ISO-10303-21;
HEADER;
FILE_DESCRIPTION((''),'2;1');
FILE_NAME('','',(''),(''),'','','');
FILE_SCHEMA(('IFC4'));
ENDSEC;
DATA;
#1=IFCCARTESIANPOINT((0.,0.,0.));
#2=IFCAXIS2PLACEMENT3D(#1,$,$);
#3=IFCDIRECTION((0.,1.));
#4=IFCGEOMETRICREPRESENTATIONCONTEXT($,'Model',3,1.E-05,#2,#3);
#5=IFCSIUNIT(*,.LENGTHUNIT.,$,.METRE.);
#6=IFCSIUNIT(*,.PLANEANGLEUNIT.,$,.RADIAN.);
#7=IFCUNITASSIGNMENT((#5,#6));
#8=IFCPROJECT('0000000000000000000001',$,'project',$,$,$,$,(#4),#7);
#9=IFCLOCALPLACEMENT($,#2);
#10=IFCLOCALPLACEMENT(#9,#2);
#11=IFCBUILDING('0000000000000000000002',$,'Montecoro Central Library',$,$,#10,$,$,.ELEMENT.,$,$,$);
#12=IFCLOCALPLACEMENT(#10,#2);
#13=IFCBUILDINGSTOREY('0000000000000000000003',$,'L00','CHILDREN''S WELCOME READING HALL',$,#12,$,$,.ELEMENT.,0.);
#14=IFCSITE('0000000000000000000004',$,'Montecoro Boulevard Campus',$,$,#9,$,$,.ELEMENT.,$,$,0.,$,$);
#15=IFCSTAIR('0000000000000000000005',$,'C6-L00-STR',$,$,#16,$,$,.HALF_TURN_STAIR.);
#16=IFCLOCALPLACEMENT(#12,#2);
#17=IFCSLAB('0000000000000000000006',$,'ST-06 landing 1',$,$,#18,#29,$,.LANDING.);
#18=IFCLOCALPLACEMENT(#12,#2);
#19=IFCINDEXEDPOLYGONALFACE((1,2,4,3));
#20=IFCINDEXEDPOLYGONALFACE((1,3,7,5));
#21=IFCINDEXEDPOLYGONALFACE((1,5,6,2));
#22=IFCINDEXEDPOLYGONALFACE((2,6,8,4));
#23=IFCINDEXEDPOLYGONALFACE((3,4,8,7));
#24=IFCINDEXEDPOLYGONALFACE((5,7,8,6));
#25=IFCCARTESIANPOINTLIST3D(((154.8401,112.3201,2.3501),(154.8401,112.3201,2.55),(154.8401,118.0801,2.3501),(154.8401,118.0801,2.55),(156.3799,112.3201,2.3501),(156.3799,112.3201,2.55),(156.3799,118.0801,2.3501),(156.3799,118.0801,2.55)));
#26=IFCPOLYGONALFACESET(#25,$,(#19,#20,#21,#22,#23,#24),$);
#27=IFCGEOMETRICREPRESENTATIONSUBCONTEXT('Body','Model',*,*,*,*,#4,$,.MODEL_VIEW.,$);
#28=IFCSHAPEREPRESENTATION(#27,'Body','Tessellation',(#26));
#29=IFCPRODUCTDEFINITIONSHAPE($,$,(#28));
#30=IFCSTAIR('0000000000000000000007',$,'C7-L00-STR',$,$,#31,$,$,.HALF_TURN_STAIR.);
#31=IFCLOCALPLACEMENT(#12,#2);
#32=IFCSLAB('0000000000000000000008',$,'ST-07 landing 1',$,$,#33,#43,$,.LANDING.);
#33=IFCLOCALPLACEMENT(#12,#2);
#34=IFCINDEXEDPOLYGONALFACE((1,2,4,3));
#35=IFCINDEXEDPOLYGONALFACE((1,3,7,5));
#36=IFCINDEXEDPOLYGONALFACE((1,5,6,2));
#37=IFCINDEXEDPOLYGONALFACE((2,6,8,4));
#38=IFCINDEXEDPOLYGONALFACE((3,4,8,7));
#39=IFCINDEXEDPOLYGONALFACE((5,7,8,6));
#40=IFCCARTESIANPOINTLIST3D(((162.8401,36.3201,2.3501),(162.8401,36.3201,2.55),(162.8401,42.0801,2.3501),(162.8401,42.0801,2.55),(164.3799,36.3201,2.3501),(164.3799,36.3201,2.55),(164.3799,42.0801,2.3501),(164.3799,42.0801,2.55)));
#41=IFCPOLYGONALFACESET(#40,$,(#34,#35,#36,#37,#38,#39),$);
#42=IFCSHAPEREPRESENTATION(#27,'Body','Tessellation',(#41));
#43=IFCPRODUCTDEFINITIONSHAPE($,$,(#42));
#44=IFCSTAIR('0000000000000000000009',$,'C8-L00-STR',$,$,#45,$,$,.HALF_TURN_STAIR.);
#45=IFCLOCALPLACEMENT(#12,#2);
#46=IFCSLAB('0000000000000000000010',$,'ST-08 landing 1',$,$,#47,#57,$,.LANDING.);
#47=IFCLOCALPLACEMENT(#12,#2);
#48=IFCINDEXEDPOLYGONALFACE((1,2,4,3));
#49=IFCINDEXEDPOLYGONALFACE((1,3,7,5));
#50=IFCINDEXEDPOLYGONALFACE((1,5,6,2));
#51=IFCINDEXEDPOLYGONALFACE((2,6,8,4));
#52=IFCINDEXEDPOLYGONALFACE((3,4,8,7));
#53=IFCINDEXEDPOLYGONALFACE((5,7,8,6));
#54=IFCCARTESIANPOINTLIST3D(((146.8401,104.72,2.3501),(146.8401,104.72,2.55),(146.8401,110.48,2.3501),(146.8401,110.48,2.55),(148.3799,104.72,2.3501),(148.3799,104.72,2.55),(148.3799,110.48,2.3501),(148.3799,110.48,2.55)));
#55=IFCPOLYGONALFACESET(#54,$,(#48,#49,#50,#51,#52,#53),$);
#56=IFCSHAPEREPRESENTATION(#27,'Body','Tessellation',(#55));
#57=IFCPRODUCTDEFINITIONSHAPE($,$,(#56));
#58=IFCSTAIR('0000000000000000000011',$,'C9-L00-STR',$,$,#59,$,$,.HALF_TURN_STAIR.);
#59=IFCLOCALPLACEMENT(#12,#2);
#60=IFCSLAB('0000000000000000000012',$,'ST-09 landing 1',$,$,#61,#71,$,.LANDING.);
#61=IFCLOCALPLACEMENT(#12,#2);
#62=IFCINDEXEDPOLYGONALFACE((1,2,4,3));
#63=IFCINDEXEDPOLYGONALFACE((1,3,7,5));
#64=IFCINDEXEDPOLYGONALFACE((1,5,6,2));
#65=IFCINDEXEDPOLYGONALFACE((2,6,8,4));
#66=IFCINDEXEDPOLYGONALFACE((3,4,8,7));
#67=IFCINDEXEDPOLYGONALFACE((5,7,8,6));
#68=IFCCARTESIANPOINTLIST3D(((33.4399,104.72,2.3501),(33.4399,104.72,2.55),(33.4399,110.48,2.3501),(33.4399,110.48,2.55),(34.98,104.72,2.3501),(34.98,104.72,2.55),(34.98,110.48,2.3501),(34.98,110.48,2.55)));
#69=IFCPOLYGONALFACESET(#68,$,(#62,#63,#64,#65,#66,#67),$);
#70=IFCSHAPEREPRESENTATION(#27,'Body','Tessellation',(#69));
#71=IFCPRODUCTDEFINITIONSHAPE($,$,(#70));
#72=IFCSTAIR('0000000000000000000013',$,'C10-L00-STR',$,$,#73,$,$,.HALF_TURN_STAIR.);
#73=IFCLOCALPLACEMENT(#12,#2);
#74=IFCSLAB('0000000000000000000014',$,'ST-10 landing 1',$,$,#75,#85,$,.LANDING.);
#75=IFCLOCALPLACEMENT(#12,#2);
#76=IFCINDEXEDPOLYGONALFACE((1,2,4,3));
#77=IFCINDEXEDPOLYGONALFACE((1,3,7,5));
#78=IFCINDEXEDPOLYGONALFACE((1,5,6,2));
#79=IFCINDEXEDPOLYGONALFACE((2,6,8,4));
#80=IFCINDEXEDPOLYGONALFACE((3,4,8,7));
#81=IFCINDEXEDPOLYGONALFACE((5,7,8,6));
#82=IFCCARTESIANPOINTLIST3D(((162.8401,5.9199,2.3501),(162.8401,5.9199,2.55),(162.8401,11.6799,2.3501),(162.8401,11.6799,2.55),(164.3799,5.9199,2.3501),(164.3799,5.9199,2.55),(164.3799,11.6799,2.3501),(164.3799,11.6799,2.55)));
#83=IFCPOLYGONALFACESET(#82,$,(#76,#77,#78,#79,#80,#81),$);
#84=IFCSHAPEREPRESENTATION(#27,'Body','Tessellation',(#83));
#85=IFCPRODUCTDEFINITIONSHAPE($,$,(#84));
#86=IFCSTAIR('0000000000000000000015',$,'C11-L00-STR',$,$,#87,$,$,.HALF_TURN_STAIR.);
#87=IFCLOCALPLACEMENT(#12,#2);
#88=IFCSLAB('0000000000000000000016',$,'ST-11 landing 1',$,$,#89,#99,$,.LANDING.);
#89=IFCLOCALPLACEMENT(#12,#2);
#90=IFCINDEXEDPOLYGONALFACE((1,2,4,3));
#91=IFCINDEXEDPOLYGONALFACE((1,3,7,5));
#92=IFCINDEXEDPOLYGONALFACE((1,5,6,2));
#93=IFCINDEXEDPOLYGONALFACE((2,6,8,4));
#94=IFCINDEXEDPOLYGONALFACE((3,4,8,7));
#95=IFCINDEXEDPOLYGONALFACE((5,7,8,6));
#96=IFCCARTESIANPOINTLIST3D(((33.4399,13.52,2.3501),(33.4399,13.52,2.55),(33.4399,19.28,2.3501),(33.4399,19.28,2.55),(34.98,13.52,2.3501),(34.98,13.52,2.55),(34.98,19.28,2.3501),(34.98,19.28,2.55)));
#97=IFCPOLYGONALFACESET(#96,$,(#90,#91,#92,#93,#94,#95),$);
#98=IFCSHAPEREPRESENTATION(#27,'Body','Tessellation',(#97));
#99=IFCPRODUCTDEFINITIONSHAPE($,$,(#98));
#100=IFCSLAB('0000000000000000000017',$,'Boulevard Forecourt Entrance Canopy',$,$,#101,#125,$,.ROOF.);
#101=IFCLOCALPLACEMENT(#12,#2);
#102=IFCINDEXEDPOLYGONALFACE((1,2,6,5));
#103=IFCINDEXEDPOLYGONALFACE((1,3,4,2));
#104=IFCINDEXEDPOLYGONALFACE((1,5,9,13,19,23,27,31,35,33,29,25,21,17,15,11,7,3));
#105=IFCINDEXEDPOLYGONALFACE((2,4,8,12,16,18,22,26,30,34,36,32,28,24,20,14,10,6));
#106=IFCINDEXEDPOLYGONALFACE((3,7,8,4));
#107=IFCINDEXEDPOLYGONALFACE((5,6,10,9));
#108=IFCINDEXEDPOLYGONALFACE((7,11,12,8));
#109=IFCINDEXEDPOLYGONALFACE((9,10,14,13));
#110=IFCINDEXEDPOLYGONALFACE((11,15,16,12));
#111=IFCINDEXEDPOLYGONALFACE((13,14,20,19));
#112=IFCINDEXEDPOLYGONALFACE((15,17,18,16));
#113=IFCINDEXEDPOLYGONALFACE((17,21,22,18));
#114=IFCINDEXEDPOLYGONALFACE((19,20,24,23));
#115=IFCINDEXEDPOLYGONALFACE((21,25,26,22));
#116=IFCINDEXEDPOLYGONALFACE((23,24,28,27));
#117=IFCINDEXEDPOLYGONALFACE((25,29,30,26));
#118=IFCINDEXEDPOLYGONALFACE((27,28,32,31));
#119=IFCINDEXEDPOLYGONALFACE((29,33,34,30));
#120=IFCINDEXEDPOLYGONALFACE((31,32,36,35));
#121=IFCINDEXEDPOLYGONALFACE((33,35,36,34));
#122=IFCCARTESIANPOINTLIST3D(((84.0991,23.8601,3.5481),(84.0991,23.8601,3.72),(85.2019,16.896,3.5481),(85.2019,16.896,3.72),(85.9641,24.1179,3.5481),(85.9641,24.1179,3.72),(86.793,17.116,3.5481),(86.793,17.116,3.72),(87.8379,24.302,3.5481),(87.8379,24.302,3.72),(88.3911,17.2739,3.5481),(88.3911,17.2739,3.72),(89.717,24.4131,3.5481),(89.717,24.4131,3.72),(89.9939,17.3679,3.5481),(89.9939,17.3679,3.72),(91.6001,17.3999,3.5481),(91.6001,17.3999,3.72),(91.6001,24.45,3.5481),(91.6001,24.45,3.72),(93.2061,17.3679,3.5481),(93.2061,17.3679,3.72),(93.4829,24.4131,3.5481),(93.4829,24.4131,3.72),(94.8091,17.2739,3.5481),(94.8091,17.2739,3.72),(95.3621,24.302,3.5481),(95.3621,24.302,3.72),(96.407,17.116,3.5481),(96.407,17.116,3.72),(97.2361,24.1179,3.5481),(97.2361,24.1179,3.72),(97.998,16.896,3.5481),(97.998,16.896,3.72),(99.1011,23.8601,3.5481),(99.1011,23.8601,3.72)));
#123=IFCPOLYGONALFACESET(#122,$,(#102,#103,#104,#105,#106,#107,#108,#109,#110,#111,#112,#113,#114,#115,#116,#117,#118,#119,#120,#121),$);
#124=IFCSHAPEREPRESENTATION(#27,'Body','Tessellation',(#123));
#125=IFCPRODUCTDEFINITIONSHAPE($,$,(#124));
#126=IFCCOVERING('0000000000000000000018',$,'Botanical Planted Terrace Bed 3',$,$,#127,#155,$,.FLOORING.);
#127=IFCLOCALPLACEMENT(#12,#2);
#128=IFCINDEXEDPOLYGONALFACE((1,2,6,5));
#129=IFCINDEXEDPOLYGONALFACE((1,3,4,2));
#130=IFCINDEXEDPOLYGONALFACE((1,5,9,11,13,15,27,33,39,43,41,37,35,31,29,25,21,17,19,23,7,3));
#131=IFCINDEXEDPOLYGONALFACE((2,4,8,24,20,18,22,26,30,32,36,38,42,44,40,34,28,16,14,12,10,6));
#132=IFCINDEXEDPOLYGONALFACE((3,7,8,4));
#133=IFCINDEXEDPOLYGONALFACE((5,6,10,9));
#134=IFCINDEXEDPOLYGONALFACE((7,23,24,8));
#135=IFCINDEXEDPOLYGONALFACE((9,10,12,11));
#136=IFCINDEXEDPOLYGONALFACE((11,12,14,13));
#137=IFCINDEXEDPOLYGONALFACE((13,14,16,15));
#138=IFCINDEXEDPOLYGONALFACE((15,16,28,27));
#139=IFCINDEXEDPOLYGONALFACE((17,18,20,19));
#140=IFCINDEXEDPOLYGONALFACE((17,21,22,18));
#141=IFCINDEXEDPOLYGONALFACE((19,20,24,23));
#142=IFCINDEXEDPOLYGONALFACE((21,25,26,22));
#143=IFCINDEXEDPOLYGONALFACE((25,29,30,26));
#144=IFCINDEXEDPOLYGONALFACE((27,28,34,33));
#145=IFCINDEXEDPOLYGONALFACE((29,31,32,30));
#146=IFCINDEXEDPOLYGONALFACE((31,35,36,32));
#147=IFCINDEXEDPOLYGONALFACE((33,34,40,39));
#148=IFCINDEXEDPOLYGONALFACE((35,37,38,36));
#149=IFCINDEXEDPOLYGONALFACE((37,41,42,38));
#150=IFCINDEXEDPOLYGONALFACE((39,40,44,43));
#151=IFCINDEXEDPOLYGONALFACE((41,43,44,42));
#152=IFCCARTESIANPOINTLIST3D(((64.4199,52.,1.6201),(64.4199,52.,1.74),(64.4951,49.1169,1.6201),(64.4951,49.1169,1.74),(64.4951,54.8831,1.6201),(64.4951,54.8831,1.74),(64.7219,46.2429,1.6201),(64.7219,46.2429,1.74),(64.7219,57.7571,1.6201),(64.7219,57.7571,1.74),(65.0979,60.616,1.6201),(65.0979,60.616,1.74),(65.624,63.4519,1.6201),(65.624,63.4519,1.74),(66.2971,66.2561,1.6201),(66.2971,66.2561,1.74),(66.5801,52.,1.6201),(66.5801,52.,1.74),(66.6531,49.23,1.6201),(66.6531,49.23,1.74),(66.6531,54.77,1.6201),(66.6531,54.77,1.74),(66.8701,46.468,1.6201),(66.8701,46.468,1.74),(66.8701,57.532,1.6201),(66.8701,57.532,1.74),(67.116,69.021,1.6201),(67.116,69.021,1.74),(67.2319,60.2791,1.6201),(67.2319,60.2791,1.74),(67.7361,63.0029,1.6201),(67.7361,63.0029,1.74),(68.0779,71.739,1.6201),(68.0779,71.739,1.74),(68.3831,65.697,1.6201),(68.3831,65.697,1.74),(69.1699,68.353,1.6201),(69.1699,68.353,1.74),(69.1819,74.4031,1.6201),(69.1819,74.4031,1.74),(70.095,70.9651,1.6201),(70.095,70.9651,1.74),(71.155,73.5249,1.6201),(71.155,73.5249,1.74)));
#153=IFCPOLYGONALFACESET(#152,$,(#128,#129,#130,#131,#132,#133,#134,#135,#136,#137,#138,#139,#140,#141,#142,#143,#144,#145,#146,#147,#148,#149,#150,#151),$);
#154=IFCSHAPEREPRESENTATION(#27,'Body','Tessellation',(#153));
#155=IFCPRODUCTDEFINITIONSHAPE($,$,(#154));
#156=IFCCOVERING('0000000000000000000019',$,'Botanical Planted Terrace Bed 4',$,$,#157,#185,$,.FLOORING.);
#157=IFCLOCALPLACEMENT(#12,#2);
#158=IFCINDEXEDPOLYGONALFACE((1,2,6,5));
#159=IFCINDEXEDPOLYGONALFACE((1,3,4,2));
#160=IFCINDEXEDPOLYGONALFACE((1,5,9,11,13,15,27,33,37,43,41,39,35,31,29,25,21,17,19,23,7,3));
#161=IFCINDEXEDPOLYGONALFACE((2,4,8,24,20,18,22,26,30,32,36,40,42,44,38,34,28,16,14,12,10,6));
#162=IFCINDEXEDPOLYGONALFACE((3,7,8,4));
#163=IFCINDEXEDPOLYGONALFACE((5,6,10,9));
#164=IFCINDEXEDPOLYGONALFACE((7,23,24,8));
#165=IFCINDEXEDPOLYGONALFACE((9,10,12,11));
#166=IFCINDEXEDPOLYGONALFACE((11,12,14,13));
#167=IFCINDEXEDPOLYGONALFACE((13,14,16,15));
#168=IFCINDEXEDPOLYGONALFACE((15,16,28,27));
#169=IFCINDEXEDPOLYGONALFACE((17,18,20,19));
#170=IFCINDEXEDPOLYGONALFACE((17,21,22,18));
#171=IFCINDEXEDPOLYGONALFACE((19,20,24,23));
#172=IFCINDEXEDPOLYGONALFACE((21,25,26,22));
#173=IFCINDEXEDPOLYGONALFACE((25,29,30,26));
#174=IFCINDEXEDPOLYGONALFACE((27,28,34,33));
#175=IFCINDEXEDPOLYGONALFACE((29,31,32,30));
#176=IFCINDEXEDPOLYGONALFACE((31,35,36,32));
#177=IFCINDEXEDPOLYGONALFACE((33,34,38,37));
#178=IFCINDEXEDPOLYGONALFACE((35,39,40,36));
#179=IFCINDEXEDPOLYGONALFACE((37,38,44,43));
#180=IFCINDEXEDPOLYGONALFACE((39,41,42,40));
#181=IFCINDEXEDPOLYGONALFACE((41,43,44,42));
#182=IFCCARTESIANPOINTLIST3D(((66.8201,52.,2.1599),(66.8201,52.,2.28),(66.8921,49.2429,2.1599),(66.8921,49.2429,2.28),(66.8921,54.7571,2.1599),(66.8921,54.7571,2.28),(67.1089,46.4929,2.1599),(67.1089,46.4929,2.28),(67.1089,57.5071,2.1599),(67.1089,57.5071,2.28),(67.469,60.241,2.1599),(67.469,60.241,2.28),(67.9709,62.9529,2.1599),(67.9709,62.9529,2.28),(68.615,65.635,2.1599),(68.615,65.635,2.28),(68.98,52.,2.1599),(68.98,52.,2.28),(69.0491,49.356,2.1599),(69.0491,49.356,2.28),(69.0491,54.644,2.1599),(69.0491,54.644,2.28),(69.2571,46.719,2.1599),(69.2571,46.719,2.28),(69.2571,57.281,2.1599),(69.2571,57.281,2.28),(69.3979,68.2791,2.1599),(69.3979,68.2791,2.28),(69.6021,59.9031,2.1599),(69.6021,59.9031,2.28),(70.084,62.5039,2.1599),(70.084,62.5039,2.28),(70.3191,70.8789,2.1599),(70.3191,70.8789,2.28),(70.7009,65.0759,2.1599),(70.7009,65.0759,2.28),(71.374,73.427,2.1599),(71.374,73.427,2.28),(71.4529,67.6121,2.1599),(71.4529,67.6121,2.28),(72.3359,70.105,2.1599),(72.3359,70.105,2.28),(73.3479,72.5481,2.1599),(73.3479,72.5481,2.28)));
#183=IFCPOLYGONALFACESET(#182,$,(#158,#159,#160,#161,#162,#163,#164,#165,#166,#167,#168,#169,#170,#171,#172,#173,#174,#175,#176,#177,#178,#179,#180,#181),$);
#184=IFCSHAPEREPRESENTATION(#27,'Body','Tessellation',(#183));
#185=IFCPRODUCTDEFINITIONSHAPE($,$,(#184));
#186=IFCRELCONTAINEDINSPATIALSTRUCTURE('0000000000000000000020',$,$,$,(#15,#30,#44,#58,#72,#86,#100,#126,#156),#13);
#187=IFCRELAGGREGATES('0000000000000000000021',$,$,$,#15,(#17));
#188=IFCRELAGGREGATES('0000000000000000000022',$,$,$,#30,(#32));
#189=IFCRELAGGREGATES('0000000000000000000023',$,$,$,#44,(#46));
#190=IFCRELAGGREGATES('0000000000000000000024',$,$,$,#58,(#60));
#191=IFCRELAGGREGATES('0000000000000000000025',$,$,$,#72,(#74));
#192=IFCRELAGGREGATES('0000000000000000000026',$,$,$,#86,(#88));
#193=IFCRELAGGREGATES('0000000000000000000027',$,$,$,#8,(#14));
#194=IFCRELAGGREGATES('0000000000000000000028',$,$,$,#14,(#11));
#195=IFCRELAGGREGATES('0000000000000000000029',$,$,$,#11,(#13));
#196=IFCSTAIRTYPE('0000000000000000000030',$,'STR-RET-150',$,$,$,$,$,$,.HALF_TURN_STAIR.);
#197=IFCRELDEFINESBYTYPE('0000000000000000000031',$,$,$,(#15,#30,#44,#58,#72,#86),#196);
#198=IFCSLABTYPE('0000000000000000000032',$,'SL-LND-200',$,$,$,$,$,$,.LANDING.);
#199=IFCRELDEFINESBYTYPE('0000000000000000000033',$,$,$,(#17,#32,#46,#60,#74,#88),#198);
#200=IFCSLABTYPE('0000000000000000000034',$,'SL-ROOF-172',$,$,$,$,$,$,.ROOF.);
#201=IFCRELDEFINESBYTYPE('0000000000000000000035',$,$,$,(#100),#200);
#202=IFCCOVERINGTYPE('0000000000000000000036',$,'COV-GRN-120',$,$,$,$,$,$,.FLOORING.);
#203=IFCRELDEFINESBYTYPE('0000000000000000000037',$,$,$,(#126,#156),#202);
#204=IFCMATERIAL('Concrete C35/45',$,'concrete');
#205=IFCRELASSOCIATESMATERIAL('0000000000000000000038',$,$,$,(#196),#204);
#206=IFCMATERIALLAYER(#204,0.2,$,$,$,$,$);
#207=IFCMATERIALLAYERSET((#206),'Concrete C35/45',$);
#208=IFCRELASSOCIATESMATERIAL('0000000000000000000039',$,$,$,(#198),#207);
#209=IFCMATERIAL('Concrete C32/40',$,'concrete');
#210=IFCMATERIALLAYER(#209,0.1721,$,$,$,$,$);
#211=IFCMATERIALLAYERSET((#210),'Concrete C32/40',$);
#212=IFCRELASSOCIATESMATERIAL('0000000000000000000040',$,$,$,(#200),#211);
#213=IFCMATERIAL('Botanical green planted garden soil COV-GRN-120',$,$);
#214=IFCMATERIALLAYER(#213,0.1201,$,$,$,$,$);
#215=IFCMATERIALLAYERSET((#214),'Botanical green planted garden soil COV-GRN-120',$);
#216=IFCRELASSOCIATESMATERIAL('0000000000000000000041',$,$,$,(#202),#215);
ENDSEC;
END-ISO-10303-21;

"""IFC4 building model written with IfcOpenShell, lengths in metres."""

from ifc_helpers import new_model, si_unit, direction, frame, origin, place, context, subcontext, project, spatial, polyline, outline, extrude, material, layer, layer_set, type_object, element, aggregate, save


model = new_model("IFC4")

# Units and contexts
model_context = context("Model", 3, precision=1e-05, world=origin(), true_north=direction((0.0, 1.0)))
body_context = subcontext(model_context, "Body", "Model", "MODEL_VIEW")
ifc_project = project(units=[si_unit("LENGTHUNIT", "METRE"), si_unit("PLANEANGLEUNIT", "RADIAN")], contexts=[model_context])

# Site, building, storey
site_placement = place(None, origin())
site = spatial("IfcSite", under=ifc_project, at=site_placement, Name="Montecoro Boulevard Campus", CompositionType="ELEMENT", RefElevation=0.0)
building_placement = place(site_placement, origin())
building = spatial("IfcBuilding", under=site, at=building_placement, Name="Montecoro Central Library", CompositionType="ELEMENT")
storey_placement = place(building_placement, origin())
storey = spatial("IfcBuildingStorey", under=building, at=storey_placement, Name="L00", Description="CHILDREN'S WELCOME READING HALL", CompositionType="ELEMENT", Elevation=0.0)

# Stairs, slabs
ifc_material_1 = material(Name="Concrete C35/45", Category="concrete")
stair_type = type_object("IfcStairType", Name="STR-RET-150", PredefinedType="HALF_TURN_STAIR", material=ifc_material_1)
ifc_layer_1 = layer(ifc_material_1, 0.2)
ifc_layer_set_1 = layer_set([ifc_layer_1], Name="Concrete C35/45")
slab_type_1 = type_object("IfcSlabType", Name="SL-LND-200", PredefinedType="LANDING", material=ifc_layer_set_1)
stair_1_placement = place(storey_placement, origin())
stair_1 = element("IfcStair", 1, at=stair_1_placement, inside=storey, type_object=stair_type, Name="C6-L00-STR", PredefinedType="HALF_TURN_STAIR")
slab_1_placement = place(storey_placement, frame((0.0, 0.0, 2.3501)))
slab_1 = element("IfcSlab", 2, at=slab_1_placement, type_object=slab_type_1, Name="ST-06 landing 1", PredefinedType="LANDING", context=body_context, shape_type="SweptSolid", body=[
    extrude(outline(polyline([(154.8401, 112.3201), (156.3799, 112.3201), (156.3799, 118.0801), (154.8401, 118.0801), (154.8401, 112.3201)])), origin(), (0.0, 0.0, 1.0), 0.2),
])
aggregate(stair_1, [slab_1])
stair_2_placement = place(storey_placement, origin())
stair_2 = element("IfcStair", 3, at=stair_2_placement, inside=storey, type_object=stair_type, Name="C7-L00-STR", PredefinedType="HALF_TURN_STAIR")
slab_2_placement = place(storey_placement, frame((0.0, 0.0, 2.3501)))
slab_2 = element("IfcSlab", 4, at=slab_2_placement, type_object=slab_type_1, Name="ST-07 landing 1", PredefinedType="LANDING", context=body_context, shape_type="SweptSolid", body=[
    extrude(outline(polyline([(162.8401, 36.3201), (164.3799, 36.3201), (164.3799, 42.0801), (162.8401, 42.0801), (162.8401, 36.3201)])), origin(), (0.0, 0.0, 1.0), 0.2),
])
aggregate(stair_2, [slab_2])
stair_3_placement = place(storey_placement, origin())
stair_3 = element("IfcStair", 5, at=stair_3_placement, inside=storey, type_object=stair_type, Name="C8-L00-STR", PredefinedType="HALF_TURN_STAIR")
slab_3_placement = place(storey_placement, frame((0.0, 0.0, 2.3501)))
slab_3 = element("IfcSlab", 6, at=slab_3_placement, type_object=slab_type_1, Name="ST-08 landing 1", PredefinedType="LANDING", context=body_context, shape_type="SweptSolid", body=[
    extrude(outline(polyline([(146.8401, 104.72), (148.3799, 104.72), (148.3799, 110.48), (146.8401, 110.48), (146.8401, 104.72)])), origin(), (0.0, 0.0, 1.0), 0.2),
])
aggregate(stair_3, [slab_3])
stair_4_placement = place(storey_placement, origin())
stair_4 = element("IfcStair", 7, at=stair_4_placement, inside=storey, type_object=stair_type, Name="C9-L00-STR", PredefinedType="HALF_TURN_STAIR")
slab_4_placement = place(storey_placement, frame((0.0, 0.0, 2.3501)))
slab_4 = element("IfcSlab", 8, at=slab_4_placement, type_object=slab_type_1, Name="ST-09 landing 1", PredefinedType="LANDING", context=body_context, shape_type="SweptSolid", body=[
    extrude(outline(polyline([(33.4399, 104.72), (34.98, 104.72), (34.98, 110.48), (33.4399, 110.48), (33.4399, 104.72)])), origin(), (0.0, 0.0, 1.0), 0.2),
])
aggregate(stair_4, [slab_4])
stair_5_placement = place(storey_placement, origin())
stair_5 = element("IfcStair", 9, at=stair_5_placement, inside=storey, type_object=stair_type, Name="C10-L00-STR", PredefinedType="HALF_TURN_STAIR")
slab_5_placement = place(storey_placement, frame((0.0, 0.0, 2.3501)))
slab_5 = element("IfcSlab", 10, at=slab_5_placement, type_object=slab_type_1, Name="ST-10 landing 1", PredefinedType="LANDING", context=body_context, shape_type="SweptSolid", body=[
    extrude(outline(polyline([(162.8401, 5.9199), (164.3799, 5.9199), (164.3799, 11.6799), (162.8401, 11.6799), (162.8401, 5.9199)])), origin(), (0.0, 0.0, 1.0), 0.2),
])
aggregate(stair_5, [slab_5])
stair_6_placement = place(storey_placement, origin())
stair_6 = element("IfcStair", 11, at=stair_6_placement, inside=storey, type_object=stair_type, Name="C11-L00-STR", PredefinedType="HALF_TURN_STAIR")
slab_6_placement = place(storey_placement, frame((0.0, 0.0, 2.3501)))
slab_6 = element("IfcSlab", 12, at=slab_6_placement, type_object=slab_type_1, Name="ST-11 landing 1", PredefinedType="LANDING", context=body_context, shape_type="SweptSolid", body=[
    extrude(outline(polyline([(33.4399, 13.52), (34.98, 13.52), (34.98, 19.28), (33.4399, 19.28), (33.4399, 13.52)])), origin(), (0.0, 0.0, 1.0), 0.2),
])
aggregate(stair_6, [slab_6])

# Slab
ifc_material_2 = material(Name="Concrete C32/40", Category="concrete")
ifc_layer_2 = layer(ifc_material_2, 0.1721)
ifc_layer_set_2 = layer_set([ifc_layer_2], Name="Concrete C32/40")
slab_type_2 = type_object("IfcSlabType", Name="SL-ROOF-172", PredefinedType="ROOF", material=ifc_layer_set_2)
slab_7_placement = place(storey_placement, frame((0.0, 0.0, 3.5481)))
element("IfcSlab", 13, at=slab_7_placement, inside=storey, type_object=slab_type_2, Name="Boulevard Forecourt Entrance Canopy", PredefinedType="ROOF", context=body_context, shape_type="SweptSolid", body=[
    extrude(outline(polyline([(97.998, 16.896), (96.407, 17.116), (94.8091, 17.2739), (93.2061, 17.3679), (91.6001, 17.3999), (89.9939, 17.3679), (88.3911, 17.2739), (86.793, 17.116), (85.2019, 16.896), (84.0991, 23.8601), (85.9641, 24.1179), (87.8379, 24.302), (89.717, 24.4131), (91.6001, 24.45), (93.4829, 24.4131), (95.3621, 24.302), (97.2361, 24.1179), (99.1011, 23.8601), (97.998, 16.896)])), origin(), (0.0, 0.0, 1.0), 0.1719),
])

# Coverings
ifc_material_3 = material(Name="Botanical green planted garden soil COV-GRN-120")
ifc_layer_3 = layer(ifc_material_3, 0.1201)
ifc_layer_set_3 = layer_set([ifc_layer_3], Name="Botanical green planted garden soil COV-GRN-120")
covering_type_1 = type_object("IfcCoveringType", Name="COV-GRN-120", PredefinedType="FLOORING", material=ifc_layer_set_3)
covering_1_placement = place(storey_placement, frame((0.0, 0.0, 1.6201)))
element("IfcCovering", 14, at=covering_1_placement, inside=storey, type_object=covering_type_1, Name="Botanical Planted Terrace Bed 3", PredefinedType="FLOORING", context=body_context, shape_type="SweptSolid", body=[
    extrude(outline(polyline([(71.155, 73.5249), (70.095, 70.9651), (69.1699, 68.353), (68.3831, 65.697), (67.7361, 63.0029), (67.2319, 60.2791), (66.8701, 57.532), (66.6531, 54.77), (66.5801, 52.0), (66.6531, 49.23), (66.8701, 46.468), (64.7219, 46.2429), (64.4951, 49.1169), (64.4199, 52.0), (64.4951, 54.8831), (64.7219, 57.7571), (65.0979, 60.616), (65.624, 63.4519), (66.2971, 66.2561), (67.116, 69.021), (68.0779, 71.739), (69.1819, 74.4031), (71.155, 73.5249)])), origin(), (0.0, 0.0, 1.0), 0.1199),
])
covering_2_placement = place(storey_placement, frame((0.0, 0.0, 2.1599)))
element("IfcCovering", 15, at=covering_2_placement, inside=storey, type_object=covering_type_1, Name="Botanical Planted Terrace Bed 4", PredefinedType="FLOORING", context=body_context, shape_type="SweptSolid", body=[
    extrude(outline(polyline([(73.3479, 72.5481), (72.3359, 70.105), (71.4529, 67.6121), (70.7009, 65.0759), (70.084, 62.5039), (69.6021, 59.9031), (69.2571, 57.281), (69.0491, 54.644), (68.98, 52.0), (69.0491, 49.356), (69.2571, 46.719), (67.1089, 46.4929), (66.8921, 49.2429), (66.8201, 52.0), (66.8921, 54.7571), (67.1089, 57.5071), (67.469, 60.241), (67.9709, 62.9529), (68.615, 65.635), (69.3979, 68.2791), (70.3191, 70.8789), (71.374, 73.427), (73.3479, 72.5481)])), origin(), (0.0, 0.0, 1.0), 0.1201),
])

save(model, "model.ifc")
